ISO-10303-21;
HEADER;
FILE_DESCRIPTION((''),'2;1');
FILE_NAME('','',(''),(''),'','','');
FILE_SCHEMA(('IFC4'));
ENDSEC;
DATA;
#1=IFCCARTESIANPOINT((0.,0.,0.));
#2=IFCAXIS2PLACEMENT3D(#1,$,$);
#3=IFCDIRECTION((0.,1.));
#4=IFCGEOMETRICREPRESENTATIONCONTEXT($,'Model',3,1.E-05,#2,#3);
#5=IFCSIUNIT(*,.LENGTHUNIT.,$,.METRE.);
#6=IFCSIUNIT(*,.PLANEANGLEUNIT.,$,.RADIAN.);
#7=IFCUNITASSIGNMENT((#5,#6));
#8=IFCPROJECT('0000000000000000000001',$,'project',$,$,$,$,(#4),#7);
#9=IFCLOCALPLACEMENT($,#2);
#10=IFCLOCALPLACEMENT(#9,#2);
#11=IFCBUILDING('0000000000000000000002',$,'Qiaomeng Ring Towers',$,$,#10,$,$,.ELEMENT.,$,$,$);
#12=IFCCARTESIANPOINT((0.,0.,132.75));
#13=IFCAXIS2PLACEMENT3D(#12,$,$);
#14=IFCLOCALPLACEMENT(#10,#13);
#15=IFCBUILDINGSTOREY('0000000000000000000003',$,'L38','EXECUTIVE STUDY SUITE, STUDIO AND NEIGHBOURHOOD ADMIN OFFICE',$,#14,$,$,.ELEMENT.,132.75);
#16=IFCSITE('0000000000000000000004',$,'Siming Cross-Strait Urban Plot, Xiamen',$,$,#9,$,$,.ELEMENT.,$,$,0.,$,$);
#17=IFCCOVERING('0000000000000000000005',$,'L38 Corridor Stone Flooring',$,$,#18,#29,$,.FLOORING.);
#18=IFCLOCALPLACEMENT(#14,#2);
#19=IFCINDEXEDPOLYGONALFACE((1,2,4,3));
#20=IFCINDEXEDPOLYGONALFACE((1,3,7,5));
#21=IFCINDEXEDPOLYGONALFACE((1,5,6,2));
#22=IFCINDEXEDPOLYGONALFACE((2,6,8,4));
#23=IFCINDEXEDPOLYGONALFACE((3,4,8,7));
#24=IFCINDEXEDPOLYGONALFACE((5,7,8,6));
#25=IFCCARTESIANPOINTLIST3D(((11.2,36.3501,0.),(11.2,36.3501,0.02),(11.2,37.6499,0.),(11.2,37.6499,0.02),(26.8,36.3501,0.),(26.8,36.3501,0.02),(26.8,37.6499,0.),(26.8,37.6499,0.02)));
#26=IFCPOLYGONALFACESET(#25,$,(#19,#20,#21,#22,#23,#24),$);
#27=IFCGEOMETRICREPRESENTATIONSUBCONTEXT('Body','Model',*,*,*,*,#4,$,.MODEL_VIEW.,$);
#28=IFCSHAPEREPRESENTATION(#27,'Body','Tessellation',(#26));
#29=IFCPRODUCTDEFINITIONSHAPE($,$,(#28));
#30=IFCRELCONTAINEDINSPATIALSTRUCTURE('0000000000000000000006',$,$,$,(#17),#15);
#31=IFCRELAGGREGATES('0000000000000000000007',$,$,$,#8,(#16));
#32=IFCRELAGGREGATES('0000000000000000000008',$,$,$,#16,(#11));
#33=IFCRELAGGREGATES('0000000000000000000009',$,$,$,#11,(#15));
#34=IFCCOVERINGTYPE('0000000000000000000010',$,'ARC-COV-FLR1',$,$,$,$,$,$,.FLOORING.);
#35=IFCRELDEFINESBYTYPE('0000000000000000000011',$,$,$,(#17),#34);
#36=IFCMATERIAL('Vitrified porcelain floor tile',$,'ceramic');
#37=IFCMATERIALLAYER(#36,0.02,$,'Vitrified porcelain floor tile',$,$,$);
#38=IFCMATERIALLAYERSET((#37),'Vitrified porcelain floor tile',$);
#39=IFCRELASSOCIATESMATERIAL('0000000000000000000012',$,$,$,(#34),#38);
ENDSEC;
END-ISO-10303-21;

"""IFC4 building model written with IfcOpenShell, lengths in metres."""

from ifc_helpers import new_model, si_unit, direction, frame, origin, place, context, subcontext, project, spatial, polyline, outline, extrude, material, layer, layer_set, type_object, element, save


model = new_model("IFC4")

# Units and contexts
model_context = context("Model", 3, precision=1e-05, world=origin(), true_north=direction((0.0, 1.0)))
body_context = subcontext(model_context, "Body", "Model", "MODEL_VIEW")
ifc_project = project(units=[si_unit("LENGTHUNIT", "METRE"), si_unit("PLANEANGLEUNIT", "RADIAN")], contexts=[model_context])

# Site, building, storey
site_placement = place(None, origin())
site = spatial("IfcSite", under=ifc_project, at=site_placement, Name="Siming Cross-Strait Urban Plot, Xiamen", CompositionType="ELEMENT", RefElevation=0.0)
building_placement = place(site_placement, origin())
building = spatial("IfcBuilding", under=site, at=building_placement, Name="Qiaomeng Ring Towers", CompositionType="ELEMENT")
storey_placement = place(building_placement, frame((0.0, 0.0, 132.75)))
storey = spatial("IfcBuildingStorey", under=building, at=storey_placement, Name="L38", Description="EXECUTIVE STUDY SUITE, STUDIO AND NEIGHBOURHOOD ADMIN OFFICE", CompositionType="ELEMENT", Elevation=132.75)

# Covering
ifc_material_1 = material(Name="Vitrified porcelain floor tile", Category="ceramic")
ifc_layer_1 = layer(ifc_material_1, 0.02, Name="Vitrified porcelain floor tile")
ifc_layer_set_1 = layer_set([ifc_layer_1], Name="Vitrified porcelain floor tile")
covering_type_1 = type_object("IfcCoveringType", Name="ARC-COV-FLR1", PredefinedType="FLOORING", material=ifc_layer_set_1)
covering_1_placement = place(storey_placement, origin())
element("IfcCovering", 1, at=covering_1_placement, inside=storey, type_object=covering_type_1, Name="L38 Corridor Stone Flooring", PredefinedType="FLOORING", context=body_context, shape_type="SweptSolid", body=[
    extrude(outline(polyline([(11.2, 36.3501), (11.2, 37.6499), (26.8, 37.6499), (26.8, 36.3501), (11.2, 36.3501)])), origin(), (0.0, 0.0, 1.0), 0.02),
])

save(model, "model.ifc")
